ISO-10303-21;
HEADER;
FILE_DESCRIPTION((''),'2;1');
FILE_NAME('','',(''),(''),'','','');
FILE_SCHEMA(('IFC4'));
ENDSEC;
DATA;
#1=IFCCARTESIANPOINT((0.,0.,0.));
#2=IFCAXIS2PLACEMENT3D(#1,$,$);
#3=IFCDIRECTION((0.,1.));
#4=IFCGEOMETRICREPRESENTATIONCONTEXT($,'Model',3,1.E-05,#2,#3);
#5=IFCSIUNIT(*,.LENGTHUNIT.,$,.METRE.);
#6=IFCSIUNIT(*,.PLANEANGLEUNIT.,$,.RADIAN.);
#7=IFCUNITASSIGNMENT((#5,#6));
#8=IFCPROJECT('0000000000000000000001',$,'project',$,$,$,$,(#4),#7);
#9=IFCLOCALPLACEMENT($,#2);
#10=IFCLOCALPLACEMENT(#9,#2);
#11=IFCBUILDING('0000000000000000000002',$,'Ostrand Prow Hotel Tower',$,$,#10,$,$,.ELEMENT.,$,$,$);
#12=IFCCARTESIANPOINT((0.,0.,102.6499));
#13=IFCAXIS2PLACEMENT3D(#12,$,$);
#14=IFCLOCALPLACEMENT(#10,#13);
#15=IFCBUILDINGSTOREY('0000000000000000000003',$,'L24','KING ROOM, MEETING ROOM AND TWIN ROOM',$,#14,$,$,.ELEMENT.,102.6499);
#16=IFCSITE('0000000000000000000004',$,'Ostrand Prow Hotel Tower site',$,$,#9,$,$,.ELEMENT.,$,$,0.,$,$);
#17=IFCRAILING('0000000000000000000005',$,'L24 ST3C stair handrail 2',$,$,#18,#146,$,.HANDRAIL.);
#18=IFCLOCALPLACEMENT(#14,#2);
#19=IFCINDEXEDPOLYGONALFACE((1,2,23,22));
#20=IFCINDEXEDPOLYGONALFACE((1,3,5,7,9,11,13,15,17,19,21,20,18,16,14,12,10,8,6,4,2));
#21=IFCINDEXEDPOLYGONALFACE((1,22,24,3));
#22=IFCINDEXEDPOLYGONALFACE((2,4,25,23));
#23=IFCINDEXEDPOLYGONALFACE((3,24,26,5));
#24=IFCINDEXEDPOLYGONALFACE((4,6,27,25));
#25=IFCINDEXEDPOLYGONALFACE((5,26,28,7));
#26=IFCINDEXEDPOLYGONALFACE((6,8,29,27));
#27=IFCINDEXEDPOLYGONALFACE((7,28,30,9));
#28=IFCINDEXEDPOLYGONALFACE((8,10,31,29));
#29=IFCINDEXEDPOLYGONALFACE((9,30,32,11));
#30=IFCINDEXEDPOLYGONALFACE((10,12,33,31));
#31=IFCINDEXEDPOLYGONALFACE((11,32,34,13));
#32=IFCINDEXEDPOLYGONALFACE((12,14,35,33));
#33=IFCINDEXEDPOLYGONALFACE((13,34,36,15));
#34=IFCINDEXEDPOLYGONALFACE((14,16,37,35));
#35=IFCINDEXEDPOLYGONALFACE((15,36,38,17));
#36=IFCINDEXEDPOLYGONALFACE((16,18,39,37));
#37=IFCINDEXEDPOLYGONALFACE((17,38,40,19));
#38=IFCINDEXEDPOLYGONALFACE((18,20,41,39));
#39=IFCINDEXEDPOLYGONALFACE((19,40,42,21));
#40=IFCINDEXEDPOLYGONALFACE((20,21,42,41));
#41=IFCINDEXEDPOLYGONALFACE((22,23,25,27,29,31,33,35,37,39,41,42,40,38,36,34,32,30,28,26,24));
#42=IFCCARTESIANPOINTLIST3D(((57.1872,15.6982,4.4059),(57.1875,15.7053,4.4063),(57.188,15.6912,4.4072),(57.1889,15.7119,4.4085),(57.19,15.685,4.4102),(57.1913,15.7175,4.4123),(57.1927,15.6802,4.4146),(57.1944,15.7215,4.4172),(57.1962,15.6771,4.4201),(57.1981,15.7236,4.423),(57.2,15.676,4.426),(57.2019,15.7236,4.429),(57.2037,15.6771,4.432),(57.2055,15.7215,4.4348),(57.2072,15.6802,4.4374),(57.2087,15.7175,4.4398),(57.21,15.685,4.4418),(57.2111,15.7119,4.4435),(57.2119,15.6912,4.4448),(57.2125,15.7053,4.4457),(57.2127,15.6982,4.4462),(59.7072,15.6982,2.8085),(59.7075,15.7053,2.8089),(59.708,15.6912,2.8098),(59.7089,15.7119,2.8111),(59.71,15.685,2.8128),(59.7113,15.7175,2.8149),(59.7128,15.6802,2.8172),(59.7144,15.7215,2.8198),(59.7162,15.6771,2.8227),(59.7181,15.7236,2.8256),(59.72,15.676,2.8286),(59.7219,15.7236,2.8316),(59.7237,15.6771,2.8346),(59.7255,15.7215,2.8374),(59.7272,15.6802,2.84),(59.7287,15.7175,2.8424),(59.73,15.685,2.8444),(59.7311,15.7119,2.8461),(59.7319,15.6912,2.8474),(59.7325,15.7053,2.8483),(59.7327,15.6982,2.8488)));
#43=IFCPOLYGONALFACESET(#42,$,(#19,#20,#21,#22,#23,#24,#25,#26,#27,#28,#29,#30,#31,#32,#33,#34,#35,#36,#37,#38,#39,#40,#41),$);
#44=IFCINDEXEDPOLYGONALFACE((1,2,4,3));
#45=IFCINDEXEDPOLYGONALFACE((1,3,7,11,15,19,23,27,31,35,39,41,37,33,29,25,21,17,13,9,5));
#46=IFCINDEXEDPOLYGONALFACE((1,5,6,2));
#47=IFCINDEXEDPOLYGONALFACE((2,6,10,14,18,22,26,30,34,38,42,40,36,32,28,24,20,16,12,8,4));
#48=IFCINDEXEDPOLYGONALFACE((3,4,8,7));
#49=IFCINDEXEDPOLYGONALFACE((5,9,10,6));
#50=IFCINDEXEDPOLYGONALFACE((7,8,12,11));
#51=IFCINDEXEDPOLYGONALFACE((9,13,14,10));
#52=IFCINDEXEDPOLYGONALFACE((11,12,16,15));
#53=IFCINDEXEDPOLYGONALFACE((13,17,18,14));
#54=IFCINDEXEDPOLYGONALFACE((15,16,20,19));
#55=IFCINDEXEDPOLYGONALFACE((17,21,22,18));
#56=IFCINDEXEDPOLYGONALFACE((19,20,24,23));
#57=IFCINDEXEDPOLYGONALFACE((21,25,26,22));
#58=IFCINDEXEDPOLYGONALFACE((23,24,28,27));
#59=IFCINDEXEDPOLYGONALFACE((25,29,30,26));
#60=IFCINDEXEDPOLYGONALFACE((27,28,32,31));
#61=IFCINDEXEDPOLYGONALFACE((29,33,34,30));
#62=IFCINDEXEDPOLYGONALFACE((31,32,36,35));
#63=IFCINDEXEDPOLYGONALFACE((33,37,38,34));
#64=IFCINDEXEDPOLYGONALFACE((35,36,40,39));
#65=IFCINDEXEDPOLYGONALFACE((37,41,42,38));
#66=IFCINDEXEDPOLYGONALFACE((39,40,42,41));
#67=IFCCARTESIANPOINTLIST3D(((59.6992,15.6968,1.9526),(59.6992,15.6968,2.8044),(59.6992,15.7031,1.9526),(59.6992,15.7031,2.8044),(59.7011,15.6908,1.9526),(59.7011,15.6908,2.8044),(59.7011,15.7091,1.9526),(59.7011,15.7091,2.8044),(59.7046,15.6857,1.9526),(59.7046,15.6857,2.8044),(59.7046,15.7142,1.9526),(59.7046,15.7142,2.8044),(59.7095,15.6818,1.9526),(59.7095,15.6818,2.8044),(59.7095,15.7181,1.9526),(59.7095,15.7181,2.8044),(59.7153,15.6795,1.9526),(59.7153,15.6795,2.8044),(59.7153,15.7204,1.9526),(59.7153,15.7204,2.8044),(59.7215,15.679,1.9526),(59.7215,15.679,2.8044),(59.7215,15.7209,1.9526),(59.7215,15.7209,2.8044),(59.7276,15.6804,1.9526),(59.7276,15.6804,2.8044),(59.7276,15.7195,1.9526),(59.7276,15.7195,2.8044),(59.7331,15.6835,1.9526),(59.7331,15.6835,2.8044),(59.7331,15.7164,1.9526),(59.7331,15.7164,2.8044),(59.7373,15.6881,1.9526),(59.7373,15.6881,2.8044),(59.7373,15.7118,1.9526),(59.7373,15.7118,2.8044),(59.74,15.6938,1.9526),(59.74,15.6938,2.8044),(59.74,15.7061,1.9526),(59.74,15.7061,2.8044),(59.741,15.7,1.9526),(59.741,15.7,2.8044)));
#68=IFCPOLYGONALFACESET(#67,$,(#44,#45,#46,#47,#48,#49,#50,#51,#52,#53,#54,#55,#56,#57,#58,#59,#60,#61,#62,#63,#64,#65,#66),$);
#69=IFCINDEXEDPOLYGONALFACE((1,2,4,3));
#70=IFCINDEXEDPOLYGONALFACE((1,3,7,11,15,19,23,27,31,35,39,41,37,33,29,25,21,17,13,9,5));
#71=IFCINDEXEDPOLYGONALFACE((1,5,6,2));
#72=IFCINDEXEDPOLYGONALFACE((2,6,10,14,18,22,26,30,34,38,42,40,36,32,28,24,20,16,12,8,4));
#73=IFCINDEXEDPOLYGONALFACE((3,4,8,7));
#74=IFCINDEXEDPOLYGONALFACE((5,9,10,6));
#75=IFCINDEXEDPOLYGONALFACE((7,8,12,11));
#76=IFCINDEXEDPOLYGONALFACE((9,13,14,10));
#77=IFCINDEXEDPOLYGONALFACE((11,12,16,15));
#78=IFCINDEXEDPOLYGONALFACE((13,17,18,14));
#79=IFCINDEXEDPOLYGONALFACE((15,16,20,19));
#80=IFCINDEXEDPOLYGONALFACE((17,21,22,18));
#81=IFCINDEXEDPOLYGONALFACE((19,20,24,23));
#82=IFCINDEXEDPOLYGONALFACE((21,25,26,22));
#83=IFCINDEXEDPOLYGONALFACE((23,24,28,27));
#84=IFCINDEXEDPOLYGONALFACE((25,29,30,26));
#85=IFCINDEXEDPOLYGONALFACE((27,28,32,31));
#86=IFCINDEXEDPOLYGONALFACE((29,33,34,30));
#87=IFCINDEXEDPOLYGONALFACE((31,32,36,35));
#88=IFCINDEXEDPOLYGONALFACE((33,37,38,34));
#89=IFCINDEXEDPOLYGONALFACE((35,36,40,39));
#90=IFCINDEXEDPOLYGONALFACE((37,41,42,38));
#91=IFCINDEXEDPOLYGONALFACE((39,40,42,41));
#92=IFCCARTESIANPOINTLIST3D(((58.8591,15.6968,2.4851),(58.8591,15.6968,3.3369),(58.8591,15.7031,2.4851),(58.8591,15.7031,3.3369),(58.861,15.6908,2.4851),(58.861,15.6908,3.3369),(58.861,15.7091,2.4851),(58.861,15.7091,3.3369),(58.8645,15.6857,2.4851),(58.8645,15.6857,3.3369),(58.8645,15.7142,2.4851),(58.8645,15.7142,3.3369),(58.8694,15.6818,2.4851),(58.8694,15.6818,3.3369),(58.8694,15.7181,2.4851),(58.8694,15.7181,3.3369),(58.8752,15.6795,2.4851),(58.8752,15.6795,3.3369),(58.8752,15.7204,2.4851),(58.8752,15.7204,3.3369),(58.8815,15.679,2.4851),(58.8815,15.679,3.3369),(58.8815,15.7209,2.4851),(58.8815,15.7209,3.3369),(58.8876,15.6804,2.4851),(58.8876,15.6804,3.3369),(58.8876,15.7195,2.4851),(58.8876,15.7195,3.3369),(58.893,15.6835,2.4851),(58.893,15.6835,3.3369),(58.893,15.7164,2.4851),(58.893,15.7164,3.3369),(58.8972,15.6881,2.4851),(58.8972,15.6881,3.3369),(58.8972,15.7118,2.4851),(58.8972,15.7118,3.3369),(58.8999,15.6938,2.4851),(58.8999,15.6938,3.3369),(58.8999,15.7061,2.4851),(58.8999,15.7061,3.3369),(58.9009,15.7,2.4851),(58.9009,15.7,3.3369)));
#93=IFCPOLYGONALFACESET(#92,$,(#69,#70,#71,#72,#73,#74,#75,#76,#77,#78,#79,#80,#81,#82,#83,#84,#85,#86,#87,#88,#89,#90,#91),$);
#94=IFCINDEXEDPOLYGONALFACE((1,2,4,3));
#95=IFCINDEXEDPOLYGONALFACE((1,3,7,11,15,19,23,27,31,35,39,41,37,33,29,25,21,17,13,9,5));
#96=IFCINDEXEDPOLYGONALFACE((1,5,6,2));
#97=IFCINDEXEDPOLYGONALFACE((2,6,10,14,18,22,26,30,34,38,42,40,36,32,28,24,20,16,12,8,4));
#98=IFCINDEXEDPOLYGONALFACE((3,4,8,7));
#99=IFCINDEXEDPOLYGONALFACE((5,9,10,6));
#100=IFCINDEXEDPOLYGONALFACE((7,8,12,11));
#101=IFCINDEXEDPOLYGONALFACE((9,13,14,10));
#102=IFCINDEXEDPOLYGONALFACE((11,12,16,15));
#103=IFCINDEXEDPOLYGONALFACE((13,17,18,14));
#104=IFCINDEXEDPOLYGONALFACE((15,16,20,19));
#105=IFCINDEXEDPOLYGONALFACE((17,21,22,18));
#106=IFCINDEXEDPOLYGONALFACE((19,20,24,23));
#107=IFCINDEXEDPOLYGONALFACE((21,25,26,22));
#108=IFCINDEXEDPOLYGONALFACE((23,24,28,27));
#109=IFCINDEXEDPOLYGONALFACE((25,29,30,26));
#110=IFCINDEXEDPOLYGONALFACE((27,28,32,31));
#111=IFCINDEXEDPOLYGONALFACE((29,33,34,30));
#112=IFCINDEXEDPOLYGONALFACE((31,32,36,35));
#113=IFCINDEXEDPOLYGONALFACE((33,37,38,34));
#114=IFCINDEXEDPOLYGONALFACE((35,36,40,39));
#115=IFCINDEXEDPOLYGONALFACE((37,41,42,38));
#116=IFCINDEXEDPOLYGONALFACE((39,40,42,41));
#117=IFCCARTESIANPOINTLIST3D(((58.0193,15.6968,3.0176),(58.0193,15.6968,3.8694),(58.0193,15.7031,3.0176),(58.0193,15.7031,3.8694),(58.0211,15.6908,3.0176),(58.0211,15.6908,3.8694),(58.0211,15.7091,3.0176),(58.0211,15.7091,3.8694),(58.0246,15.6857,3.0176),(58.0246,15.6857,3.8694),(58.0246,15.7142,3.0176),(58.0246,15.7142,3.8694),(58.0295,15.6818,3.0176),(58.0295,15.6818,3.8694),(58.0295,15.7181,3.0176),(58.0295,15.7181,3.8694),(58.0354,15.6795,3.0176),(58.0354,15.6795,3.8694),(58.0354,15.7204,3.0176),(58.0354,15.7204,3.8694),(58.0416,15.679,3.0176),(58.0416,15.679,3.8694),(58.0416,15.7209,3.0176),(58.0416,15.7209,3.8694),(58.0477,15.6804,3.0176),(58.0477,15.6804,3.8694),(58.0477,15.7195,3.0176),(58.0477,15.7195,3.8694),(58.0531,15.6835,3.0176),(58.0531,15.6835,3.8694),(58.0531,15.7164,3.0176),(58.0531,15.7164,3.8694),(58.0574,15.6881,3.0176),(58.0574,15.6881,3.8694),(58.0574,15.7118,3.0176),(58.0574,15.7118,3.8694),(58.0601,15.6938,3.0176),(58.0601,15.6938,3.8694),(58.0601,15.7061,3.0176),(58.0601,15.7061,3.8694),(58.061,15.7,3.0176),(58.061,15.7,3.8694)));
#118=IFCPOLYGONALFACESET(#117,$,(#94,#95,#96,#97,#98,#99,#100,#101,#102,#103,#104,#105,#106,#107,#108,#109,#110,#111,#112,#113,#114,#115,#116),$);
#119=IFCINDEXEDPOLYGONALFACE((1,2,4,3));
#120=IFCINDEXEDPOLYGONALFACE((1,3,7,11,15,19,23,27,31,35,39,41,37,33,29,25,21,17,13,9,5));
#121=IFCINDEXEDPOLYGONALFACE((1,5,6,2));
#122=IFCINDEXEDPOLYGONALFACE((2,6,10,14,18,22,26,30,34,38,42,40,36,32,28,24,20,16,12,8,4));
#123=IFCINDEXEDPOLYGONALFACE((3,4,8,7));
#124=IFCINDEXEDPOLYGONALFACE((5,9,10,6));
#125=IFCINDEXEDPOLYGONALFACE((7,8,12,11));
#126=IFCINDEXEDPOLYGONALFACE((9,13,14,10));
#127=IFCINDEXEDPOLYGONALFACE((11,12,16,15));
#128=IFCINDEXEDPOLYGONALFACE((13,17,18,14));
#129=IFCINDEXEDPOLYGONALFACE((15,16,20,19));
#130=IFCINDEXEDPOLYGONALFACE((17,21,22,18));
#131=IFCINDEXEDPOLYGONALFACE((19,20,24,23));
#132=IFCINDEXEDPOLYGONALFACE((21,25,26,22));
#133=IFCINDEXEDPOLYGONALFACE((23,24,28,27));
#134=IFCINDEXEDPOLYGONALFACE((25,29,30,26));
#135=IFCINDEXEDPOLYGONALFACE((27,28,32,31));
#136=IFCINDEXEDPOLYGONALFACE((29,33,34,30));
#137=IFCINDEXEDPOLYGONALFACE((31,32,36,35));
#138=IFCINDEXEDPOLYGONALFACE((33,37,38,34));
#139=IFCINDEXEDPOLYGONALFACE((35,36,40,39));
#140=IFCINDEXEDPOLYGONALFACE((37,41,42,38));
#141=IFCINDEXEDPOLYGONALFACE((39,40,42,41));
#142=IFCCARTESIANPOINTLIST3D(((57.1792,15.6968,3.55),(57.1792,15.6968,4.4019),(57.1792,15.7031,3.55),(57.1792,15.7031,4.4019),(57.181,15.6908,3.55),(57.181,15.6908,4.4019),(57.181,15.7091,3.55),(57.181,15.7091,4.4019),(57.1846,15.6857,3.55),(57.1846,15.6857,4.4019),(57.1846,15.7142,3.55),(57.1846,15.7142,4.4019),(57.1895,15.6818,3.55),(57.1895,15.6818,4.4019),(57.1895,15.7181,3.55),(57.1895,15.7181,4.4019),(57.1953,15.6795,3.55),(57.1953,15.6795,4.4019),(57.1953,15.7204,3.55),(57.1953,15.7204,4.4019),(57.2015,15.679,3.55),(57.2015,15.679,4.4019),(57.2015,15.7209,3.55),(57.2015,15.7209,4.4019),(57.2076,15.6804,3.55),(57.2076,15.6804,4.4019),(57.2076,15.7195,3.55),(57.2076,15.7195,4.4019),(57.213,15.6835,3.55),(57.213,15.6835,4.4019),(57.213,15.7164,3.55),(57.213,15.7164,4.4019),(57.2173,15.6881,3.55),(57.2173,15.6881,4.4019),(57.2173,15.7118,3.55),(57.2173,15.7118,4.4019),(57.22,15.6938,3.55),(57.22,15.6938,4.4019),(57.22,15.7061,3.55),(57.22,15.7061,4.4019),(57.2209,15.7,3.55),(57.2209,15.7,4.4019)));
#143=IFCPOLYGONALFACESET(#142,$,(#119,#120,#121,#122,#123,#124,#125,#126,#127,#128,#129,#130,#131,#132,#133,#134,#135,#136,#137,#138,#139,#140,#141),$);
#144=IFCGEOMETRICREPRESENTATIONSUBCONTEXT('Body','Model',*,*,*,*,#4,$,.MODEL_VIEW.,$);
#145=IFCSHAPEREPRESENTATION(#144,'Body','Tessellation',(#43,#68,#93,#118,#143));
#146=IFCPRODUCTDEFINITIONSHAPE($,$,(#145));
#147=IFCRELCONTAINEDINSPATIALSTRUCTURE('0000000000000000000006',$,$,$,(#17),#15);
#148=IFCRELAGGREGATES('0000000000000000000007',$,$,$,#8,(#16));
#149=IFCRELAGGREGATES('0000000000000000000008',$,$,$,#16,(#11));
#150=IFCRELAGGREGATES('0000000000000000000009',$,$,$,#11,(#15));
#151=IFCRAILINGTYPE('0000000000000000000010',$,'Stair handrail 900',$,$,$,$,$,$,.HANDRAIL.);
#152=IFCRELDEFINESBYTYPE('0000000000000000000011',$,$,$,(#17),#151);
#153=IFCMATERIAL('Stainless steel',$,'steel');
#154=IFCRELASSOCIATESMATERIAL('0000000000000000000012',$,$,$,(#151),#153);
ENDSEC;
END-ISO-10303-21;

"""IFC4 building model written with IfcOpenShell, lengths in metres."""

from ifc_helpers import new_model, si_unit, direction, frame, origin, origin_2d, place, context, subcontext, project, spatial, circle, extrude, material, type_object, element, save


model = new_model("IFC4")

# Units and contexts
model_context = context("Model", 3, precision=1e-05, world=origin(), true_north=direction((0.0, 1.0)))
body_context = subcontext(model_context, "Body", "Model", "MODEL_VIEW")
ifc_project = project(units=[si_unit("LENGTHUNIT", "METRE"), si_unit("PLANEANGLEUNIT", "RADIAN")], contexts=[model_context])

# Site, building, storey
site_placement = place(None, origin())
site = spatial("IfcSite", under=ifc_project, at=site_placement, Name="Ostrand Prow Hotel Tower site", CompositionType="ELEMENT", RefElevation=0.0)
building_placement = place(site_placement, origin())
building = spatial("IfcBuilding", under=site, at=building_placement, Name="Ostrand Prow Hotel Tower", CompositionType="ELEMENT")
storey_placement = place(building_placement, frame((0.0, 0.0, 102.6499)))
storey = spatial("IfcBuildingStorey", under=building, at=storey_placement, Name="L24", Description="KING ROOM, MEETING ROOM AND TWIN ROOM", CompositionType="ELEMENT", Elevation=102.6499)

# Railing
ifc_material_1 = material(Name="Stainless steel", Category="steel")
railing_type_1 = type_object("IfcRailingType", Name="Stair handrail 900", PredefinedType="HANDRAIL", material=ifc_material_1)
railing_1_placement = place(storey_placement, frame((59.72, 15.7, 1.9526)))
element("IfcRailing", 1, at=railing_1_placement, inside=storey, type_object=railing_type_1, Name="L24 ST3C stair handrail 2", PredefinedType="HANDRAIL", context=body_context, shape_type="SweptSolid", body=[
    extrude(circle(Radius=0.0239, at=origin_2d()), frame((0.0, 0.0, 0.876), z_axis=(-0.844607, 0.0, 0.535387), x_axis=(0.0, -1.0, 0.0)), (0.0, 0.0, 1.0), 2.9836),
    extrude(circle(Radius=0.021, at=origin_2d()), origin(), (0.0, 0.0, 1.0), 0.8518),
    extrude(circle(Radius=0.021, at=origin_2d()), frame((-0.8401, 0.0, 0.5325)), (0.0, 0.0, 1.0), 0.8518),
    extrude(circle(Radius=0.021, at=origin_2d()), frame((-1.6799, 0.0, 1.0649)), (0.0, 0.0, 1.0), 0.8518),
    extrude(circle(Radius=0.021, at=origin_2d()), frame((-2.52, 0.0, 1.5974)), (0.0, 0.0, 1.0), 0.8518),
])

save(model, "model.ifc")
